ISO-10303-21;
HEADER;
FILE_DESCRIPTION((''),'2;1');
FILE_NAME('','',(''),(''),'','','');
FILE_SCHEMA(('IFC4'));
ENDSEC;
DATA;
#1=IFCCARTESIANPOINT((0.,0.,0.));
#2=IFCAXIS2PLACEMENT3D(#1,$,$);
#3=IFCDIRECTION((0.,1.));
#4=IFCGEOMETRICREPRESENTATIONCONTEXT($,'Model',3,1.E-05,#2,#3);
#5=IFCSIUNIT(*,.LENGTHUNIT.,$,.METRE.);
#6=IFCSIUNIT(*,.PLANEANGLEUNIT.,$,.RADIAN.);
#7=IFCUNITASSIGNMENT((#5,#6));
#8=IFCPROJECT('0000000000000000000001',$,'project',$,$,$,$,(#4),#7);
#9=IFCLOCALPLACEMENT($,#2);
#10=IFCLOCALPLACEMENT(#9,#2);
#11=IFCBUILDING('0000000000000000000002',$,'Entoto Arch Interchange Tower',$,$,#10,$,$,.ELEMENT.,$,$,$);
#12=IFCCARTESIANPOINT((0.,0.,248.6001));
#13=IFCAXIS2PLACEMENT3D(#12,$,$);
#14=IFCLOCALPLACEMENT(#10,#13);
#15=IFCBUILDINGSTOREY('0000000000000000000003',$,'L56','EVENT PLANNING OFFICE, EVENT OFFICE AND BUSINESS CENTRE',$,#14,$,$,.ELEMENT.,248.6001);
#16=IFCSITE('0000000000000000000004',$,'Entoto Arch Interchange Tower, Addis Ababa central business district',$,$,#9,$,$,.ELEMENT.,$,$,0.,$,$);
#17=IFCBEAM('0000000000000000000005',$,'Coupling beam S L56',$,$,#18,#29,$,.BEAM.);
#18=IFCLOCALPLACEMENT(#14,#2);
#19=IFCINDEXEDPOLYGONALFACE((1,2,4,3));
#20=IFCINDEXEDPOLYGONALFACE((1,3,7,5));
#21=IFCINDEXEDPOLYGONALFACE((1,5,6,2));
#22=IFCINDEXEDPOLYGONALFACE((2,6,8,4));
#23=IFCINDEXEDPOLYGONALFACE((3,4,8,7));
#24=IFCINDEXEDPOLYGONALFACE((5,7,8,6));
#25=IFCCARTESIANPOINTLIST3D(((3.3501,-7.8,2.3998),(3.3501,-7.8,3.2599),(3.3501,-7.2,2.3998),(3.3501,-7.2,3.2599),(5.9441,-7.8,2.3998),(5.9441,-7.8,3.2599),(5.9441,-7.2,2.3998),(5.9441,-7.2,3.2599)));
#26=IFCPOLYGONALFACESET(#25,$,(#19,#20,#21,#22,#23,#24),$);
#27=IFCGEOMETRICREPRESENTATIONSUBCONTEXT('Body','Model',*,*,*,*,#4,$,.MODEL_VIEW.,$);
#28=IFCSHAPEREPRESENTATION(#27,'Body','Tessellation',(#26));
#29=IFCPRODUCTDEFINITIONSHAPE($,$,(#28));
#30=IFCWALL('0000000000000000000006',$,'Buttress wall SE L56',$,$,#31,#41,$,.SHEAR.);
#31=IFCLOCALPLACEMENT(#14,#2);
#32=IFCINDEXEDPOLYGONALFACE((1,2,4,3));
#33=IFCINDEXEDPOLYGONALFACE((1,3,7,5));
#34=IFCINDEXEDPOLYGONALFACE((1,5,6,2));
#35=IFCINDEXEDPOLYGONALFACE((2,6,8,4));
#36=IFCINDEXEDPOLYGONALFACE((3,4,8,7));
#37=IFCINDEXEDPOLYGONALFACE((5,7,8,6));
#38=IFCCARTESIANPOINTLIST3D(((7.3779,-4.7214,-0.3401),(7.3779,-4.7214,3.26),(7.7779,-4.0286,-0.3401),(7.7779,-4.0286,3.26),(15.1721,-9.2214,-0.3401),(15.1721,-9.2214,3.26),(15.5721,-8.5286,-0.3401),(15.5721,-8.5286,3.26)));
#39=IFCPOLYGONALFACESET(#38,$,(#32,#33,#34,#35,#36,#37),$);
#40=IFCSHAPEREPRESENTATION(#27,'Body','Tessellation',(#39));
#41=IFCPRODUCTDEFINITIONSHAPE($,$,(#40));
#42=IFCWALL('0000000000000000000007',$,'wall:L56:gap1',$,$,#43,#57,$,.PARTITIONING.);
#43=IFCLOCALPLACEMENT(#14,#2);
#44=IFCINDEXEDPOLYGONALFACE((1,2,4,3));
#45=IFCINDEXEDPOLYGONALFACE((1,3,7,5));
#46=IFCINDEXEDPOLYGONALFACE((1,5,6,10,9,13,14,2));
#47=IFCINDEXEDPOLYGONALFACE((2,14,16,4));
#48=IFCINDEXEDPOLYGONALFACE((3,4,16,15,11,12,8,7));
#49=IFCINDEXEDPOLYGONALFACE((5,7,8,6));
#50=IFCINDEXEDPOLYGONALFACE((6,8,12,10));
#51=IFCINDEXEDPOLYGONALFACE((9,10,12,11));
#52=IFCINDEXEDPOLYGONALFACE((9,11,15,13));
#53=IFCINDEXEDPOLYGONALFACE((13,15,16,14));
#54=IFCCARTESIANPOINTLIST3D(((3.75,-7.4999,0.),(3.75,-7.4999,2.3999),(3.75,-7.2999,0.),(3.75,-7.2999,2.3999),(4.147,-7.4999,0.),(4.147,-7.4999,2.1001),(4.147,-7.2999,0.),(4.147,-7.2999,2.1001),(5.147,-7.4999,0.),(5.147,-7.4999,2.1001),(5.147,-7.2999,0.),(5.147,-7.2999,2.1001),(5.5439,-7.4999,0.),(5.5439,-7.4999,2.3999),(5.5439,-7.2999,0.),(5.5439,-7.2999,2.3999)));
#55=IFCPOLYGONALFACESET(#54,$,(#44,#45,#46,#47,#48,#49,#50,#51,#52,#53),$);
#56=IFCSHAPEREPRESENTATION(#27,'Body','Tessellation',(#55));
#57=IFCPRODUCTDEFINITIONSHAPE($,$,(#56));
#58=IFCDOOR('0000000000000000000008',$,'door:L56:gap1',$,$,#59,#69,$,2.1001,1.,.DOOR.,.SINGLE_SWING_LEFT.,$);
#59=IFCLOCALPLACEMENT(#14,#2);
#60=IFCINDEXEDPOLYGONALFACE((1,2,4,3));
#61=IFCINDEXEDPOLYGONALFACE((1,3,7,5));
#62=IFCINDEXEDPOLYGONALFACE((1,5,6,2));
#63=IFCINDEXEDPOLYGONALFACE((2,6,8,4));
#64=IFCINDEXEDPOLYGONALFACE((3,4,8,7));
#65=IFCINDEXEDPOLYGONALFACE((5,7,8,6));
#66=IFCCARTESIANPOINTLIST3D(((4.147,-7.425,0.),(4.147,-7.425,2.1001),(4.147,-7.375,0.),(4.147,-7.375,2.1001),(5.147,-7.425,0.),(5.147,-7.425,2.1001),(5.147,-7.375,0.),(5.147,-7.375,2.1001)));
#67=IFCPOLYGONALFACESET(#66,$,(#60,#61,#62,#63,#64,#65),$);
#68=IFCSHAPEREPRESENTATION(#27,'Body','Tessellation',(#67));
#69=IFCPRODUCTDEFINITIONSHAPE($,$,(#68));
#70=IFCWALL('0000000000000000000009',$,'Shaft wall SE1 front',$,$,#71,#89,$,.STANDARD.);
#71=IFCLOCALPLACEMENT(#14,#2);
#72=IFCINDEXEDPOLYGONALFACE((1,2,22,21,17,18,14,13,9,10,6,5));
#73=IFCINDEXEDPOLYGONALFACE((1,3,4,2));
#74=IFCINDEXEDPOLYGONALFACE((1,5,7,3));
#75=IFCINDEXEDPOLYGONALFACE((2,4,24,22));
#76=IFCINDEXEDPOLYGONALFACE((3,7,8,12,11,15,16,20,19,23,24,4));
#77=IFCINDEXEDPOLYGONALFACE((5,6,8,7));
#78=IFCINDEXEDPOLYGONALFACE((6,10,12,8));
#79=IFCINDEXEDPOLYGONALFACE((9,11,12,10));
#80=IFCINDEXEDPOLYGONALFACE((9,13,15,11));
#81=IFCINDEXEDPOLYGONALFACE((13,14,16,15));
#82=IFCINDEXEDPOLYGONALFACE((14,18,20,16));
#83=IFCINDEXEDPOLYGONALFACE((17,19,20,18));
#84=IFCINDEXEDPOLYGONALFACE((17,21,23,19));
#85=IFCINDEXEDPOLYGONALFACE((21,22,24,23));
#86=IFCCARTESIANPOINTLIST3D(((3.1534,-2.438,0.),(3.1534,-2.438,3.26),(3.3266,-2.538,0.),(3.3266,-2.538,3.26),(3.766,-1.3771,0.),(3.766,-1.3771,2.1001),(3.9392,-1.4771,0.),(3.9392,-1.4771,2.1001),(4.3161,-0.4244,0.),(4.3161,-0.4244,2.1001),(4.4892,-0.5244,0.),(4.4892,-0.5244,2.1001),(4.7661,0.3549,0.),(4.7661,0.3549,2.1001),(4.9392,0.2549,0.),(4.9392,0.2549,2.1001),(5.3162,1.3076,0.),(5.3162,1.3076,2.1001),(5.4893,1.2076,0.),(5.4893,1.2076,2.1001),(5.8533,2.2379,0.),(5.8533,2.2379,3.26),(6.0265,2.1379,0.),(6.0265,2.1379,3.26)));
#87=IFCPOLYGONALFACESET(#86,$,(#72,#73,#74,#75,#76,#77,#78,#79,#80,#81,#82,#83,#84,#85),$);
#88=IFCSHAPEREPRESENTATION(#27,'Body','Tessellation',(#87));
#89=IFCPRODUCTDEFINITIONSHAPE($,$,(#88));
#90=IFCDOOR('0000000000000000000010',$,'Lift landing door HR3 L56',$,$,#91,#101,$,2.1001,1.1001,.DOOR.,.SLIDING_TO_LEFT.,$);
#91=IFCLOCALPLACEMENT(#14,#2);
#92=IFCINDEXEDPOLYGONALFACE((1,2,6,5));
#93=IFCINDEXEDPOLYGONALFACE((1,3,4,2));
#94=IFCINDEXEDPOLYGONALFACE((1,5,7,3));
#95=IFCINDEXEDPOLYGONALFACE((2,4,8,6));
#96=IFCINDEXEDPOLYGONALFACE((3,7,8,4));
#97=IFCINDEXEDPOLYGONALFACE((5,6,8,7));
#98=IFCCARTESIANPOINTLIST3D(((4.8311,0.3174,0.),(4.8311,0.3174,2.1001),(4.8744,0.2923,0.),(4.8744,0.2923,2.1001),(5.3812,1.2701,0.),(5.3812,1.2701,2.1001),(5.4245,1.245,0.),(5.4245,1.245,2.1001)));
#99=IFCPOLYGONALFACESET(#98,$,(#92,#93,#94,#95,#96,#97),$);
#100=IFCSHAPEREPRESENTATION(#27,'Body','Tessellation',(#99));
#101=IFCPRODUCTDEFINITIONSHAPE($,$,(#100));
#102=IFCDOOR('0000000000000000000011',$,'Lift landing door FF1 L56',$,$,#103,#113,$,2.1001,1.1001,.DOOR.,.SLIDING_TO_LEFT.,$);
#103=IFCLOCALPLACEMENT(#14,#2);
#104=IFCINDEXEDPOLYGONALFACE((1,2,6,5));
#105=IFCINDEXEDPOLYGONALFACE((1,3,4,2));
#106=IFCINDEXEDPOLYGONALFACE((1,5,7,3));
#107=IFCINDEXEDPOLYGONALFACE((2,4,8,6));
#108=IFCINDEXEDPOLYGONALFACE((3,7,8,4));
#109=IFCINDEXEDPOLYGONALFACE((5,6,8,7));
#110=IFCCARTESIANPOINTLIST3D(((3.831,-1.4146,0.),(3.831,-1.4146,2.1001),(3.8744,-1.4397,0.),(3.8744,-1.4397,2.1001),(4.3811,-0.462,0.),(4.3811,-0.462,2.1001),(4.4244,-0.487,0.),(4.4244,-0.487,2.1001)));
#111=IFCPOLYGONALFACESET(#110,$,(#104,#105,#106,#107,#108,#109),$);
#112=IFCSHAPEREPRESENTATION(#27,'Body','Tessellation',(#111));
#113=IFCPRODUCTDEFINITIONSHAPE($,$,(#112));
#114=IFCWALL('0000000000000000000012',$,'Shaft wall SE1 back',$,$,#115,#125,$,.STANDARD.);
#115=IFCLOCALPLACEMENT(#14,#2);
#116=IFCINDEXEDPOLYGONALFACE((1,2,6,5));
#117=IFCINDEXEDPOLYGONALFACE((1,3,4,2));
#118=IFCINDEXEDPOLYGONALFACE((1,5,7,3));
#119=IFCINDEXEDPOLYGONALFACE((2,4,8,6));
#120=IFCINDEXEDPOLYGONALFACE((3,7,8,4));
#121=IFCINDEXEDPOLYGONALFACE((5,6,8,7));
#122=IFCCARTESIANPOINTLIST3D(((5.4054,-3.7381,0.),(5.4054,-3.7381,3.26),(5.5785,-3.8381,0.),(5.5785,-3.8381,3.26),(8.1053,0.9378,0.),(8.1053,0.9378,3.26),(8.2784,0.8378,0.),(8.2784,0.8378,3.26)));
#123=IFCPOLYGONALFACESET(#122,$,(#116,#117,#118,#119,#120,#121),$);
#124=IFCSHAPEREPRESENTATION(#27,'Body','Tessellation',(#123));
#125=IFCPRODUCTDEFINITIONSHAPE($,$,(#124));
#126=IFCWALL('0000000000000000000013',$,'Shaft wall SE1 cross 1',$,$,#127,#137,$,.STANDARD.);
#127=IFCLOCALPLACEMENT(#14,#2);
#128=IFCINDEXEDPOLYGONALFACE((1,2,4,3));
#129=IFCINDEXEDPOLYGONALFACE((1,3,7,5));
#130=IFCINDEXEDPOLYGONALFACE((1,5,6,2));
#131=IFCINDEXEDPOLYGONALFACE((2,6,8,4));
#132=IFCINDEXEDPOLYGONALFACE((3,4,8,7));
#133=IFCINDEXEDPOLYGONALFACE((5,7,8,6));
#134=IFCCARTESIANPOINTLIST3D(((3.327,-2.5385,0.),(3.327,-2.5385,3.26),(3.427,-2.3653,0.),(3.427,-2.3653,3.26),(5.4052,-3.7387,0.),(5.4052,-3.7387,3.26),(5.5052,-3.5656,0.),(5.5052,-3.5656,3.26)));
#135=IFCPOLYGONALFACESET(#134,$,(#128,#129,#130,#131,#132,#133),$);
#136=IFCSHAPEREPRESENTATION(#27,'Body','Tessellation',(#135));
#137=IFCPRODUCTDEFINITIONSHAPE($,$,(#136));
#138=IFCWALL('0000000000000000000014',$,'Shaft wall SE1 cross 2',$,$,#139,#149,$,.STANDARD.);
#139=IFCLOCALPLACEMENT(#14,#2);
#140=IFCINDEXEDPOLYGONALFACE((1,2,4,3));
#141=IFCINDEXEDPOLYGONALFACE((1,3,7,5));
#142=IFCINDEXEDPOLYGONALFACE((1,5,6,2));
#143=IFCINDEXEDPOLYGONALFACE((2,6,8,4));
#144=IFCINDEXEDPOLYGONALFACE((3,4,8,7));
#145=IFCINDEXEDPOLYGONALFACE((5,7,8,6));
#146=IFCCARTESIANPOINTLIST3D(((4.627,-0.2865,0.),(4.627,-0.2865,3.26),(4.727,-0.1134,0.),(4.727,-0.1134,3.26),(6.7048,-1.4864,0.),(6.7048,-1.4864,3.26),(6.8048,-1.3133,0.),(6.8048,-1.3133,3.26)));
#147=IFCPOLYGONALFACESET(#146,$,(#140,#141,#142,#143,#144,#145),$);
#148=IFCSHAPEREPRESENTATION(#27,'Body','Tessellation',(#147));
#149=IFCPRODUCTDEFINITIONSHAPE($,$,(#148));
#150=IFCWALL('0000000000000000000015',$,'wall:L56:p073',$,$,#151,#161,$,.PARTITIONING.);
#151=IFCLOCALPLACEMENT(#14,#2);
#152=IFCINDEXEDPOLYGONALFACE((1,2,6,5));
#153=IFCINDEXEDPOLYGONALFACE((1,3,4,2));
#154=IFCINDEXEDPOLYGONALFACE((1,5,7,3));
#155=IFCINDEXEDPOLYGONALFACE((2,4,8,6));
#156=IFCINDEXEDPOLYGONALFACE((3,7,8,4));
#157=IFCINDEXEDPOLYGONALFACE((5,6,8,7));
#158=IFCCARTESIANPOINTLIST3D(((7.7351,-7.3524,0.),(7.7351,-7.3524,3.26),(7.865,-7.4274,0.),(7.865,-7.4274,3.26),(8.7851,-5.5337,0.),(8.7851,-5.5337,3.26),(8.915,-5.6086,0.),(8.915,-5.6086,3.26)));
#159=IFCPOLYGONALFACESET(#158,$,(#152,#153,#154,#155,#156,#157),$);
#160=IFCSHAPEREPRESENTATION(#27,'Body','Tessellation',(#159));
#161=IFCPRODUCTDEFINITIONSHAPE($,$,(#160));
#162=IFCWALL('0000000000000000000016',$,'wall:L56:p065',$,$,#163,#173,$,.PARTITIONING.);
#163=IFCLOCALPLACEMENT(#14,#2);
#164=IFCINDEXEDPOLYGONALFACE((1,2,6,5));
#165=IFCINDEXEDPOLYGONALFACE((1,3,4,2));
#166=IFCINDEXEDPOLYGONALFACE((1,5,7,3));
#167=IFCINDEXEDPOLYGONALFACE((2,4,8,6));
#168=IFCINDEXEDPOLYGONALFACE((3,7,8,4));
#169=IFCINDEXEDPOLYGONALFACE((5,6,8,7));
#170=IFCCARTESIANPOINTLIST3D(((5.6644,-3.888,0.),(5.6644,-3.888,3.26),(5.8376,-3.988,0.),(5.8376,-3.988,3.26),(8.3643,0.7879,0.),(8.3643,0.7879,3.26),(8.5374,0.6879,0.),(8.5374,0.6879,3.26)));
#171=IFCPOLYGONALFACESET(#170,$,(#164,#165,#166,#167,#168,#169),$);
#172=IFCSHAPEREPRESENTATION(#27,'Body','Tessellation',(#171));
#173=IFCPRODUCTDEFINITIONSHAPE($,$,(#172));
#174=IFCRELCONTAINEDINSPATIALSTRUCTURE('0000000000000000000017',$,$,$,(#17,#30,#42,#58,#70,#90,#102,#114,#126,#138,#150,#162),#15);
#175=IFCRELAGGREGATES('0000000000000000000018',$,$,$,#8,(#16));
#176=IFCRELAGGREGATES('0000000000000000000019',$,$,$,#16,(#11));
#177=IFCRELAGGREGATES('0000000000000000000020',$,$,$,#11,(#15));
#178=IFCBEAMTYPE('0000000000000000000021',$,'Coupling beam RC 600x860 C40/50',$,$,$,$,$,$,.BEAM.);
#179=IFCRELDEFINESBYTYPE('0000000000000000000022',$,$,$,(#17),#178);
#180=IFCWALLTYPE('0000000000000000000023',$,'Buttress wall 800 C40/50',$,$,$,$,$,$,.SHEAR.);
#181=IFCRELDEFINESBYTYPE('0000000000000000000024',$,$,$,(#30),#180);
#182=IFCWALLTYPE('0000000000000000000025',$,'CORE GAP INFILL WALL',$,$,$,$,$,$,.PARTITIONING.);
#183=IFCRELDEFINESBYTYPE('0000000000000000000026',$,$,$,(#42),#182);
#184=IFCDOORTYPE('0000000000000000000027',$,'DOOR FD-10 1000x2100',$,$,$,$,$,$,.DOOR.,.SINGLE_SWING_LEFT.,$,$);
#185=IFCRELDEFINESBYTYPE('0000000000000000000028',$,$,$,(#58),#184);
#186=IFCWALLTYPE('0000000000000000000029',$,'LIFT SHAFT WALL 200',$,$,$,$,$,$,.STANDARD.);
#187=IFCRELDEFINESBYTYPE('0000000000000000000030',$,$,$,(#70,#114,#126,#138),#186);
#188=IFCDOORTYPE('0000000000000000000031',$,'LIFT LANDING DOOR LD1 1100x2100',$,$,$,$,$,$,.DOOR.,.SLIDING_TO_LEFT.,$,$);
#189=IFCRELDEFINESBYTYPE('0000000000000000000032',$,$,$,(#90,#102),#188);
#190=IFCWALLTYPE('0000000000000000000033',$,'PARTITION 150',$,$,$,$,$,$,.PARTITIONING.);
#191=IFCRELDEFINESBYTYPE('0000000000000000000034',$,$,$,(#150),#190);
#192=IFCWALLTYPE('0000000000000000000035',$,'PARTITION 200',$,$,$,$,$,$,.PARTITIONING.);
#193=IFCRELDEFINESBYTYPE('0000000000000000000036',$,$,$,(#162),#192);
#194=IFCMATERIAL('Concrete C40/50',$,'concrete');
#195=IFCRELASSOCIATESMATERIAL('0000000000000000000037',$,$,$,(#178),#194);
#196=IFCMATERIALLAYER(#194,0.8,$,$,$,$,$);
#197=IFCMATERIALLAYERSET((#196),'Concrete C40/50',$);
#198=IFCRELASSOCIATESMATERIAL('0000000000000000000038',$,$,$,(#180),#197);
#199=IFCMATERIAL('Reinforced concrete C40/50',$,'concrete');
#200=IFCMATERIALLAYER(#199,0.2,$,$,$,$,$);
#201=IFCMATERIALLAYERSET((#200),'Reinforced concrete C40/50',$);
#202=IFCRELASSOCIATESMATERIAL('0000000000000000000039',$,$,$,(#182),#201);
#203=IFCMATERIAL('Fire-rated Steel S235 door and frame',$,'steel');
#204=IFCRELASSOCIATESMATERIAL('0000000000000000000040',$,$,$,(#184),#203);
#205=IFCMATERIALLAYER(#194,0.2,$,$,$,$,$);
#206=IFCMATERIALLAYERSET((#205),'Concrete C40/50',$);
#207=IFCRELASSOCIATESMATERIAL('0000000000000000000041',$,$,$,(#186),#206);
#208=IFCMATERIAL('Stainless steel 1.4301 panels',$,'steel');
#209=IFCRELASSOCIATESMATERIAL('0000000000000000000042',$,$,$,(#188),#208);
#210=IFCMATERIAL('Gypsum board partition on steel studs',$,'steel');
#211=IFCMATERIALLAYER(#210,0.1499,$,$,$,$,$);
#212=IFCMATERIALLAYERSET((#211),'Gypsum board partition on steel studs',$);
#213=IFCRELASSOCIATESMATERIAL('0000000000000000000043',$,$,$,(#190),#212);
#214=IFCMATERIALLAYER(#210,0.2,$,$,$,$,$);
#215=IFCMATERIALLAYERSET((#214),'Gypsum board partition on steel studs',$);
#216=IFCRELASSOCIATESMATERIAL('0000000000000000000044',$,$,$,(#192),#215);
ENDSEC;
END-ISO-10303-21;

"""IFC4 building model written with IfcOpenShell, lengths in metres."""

from ifc_helpers import new_model, si_unit, direction, frame, frame_2d, origin, origin_2d, place, context, subcontext, project, spatial, rectangle, extrude, material, layer, layer_set, material_profile, profile_set, type_object, element, fill, save


model = new_model("IFC4")

# Units and contexts
model_context = context("Model", 3, precision=1e-05, world=origin(), true_north=direction((0.0, 1.0)))
body_context = subcontext(model_context, "Body", "Model", "MODEL_VIEW")
ifc_project = project(units=[si_unit("LENGTHUNIT", "METRE"), si_unit("PLANEANGLEUNIT", "RADIAN")], contexts=[model_context])

# Site, building, storey
site_placement = place(None, origin())
site = spatial("IfcSite", under=ifc_project, at=site_placement, Name="Entoto Arch Interchange Tower, Addis Ababa central business district", CompositionType="ELEMENT", RefElevation=0.0)
building_placement = place(site_placement, origin())
building = spatial("IfcBuilding", under=site, at=building_placement, Name="Entoto Arch Interchange Tower", CompositionType="ELEMENT")
storey_placement = place(building_placement, frame((0.0, 0.0, 248.6001)))
storey = spatial("IfcBuildingStorey", under=building, at=storey_placement, Name="L56", Description="EVENT PLANNING OFFICE, EVENT OFFICE AND BUSINESS CENTRE", CompositionType="ELEMENT", Elevation=248.6001)

# Beam
ifc_material_1 = material(Name="Concrete C40/50", Category="concrete")
ifc_material_profile = material_profile(ifc_material_1, rectangle(XDim=0.6001, YDim=0.8601, at=origin_2d()))
ifc_profile_set = profile_set([ifc_material_profile], Name="Concrete C40/50")
beam_type = type_object("IfcBeamType", Name="Coupling beam RC 600x860 C40/50", PredefinedType="BEAM", material=ifc_profile_set)
beam_placement = place(storey_placement, frame((3.3501, -7.5, 2.8298), z_axis=(1.0, 0.0, 0.0), x_axis=(0.0, 1.0, 0.0)))
element("IfcBeam", 1, at=beam_placement, inside=storey, type_object=beam_type, Name="Coupling beam S L56", PredefinedType="BEAM", context=body_context, shape_type="SweptSolid", body=[
    extrude(rectangle(XDim=0.6001, YDim=0.8601, at=origin_2d()), origin(), (0.0, 0.0, 1.0), 2.594),
])

# Wall
ifc_layer_1 = layer(ifc_material_1, 0.8)
ifc_layer_set_1 = layer_set([ifc_layer_1], Name="Concrete C40/50")
wall_type_1 = type_object("IfcWallType", Name="Buttress wall 800 C40/50", PredefinedType="SHEAR", material=ifc_layer_set_1)
wall_1_placement = place(storey_placement, frame((7.5779, -4.375, -0.3401), z_axis=(0.0, 0.0, 1.0), x_axis=(0.866024, -0.500002, 0.0)))
element("IfcWall", 2, at=wall_1_placement, inside=storey, type_object=wall_type_1, Name="Buttress wall SE L56", PredefinedType="SHEAR", context=body_context, shape_type="SweptSolid", body=[
    extrude(rectangle(XDim=9.0, YDim=0.8, at=frame_2d((4.5, 0.0))), origin(), (0.0, 0.0, 1.0), 3.6001),
])

# Wall, opening, door
ifc_material_2 = material(Name="Reinforced concrete C40/50", Category="concrete")
ifc_layer_2 = layer(ifc_material_2, 0.2)
ifc_layer_set_2 = layer_set([ifc_layer_2], Name="Reinforced concrete C40/50")
wall_type_2 = type_object("IfcWallType", Name="CORE GAP INFILL WALL", PredefinedType="PARTITIONING", material=ifc_layer_set_2)
wall_2_placement = place(storey_placement, frame((3.75, -7.3999, 0.0), z_axis=(0.0, 0.0, 1.0), x_axis=(1.0, 0.0, 0.0)))
wall_2 = element("IfcWall", 3, at=wall_2_placement, inside=storey, type_object=wall_type_2, Name="wall:L56:gap1", PredefinedType="PARTITIONING", context=body_context, shape_type="SweptSolid", body=[
    extrude(rectangle(XDim=1.7939, YDim=0.2, at=frame_2d((0.897, 0.0))), origin(), (0.0, 0.0, 1.0), 2.3999),
])
opening_1_placement = place(wall_2_placement, frame((0.397, 0.0, 0.0)))
opening_1 = element("IfcOpeningElement", 4, at=opening_1_placement, cuts=wall_2, PredefinedType="OPENING", context=body_context, shape_type="SweptSolid", body=[
    extrude(rectangle(XDim=1.0, YDim=2.1001, at=frame_2d((0.5, 1.05))), frame((0.0, 0.1099, 0.0), z_axis=(0.0, -1.0, 0.0), x_axis=(1.0, 0.0, 0.0)), (0.0, 0.0, 1.0), 0.22),
])
ifc_material_3 = material(Name="Fire-rated Steel S235 door and frame", Category="steel")
door_type_1 = type_object("IfcDoorType", Name="DOOR FD-10 1000x2100", OperationType="SINGLE_SWING_LEFT", PredefinedType="DOOR", material=ifc_material_3)
door_1_placement = place(opening_1_placement, origin())
door_1 = element("IfcDoor", 5, at=door_1_placement, inside=storey, type_object=door_type_1, Name="door:L56:gap1", OperationType="SINGLE_SWING_LEFT", OverallHeight=2.1001, OverallWidth=1.0, PredefinedType="DOOR", context=body_context, shape_type="SweptSolid", body=[
    extrude(rectangle(XDim=1.0, YDim=2.1001, at=frame_2d((0.5, 1.05))), frame((0.0, 0.0249, 0.0), z_axis=(0.0, -1.0, 0.0), x_axis=(1.0, 0.0, 0.0)), (0.0, 0.0, 1.0), 0.05),
])
fill(opening_1, door_1)

# Wall, openings, doors
ifc_layer_3 = layer(ifc_material_1, 0.2)
ifc_layer_set_3 = layer_set([ifc_layer_3], Name="Concrete C40/50")
wall_type_3 = type_object("IfcWallType", Name="LIFT SHAFT WALL 200", PredefinedType="STANDARD", material=ifc_layer_set_3)
wall_3_placement = place(storey_placement, frame((3.24, -2.488, 0.0), z_axis=(0.0, 0.0, 1.0), x_axis=(0.500034, 0.866006, 0.0)))
wall_3 = element("IfcWall", 6, at=wall_3_placement, inside=storey, type_object=wall_type_3, Name="Shaft wall SE1 front", PredefinedType="STANDARD", context=body_context, shape_type="SweptSolid", body=[
    extrude(rectangle(XDim=5.3994, YDim=0.2, at=frame_2d((2.6997, 0.0))), origin(), (0.0, 0.0, 1.0), 3.26),
])
opening_2_placement = place(wall_3_placement, frame((3.2251, 0.0, 0.0)))
opening_2 = element("IfcOpeningElement", 7, at=opening_2_placement, cuts=wall_3, PredefinedType="OPENING", context=body_context, shape_type="SweptSolid", body=[
    extrude(rectangle(XDim=1.1001, YDim=2.1001, at=frame_2d((0.55, 1.05))), frame((0.0, 0.1099, 0.0), z_axis=(0.0, -1.0, 0.0), x_axis=(1.0, 0.0, 0.0)), (0.0, 0.0, 1.0), 0.22),
])
opening_3_placement = place(wall_3_placement, frame((1.2251, 0.0, 0.0)))
opening_3 = element("IfcOpeningElement", 8, at=opening_3_placement, cuts=wall_3, PredefinedType="OPENING", context=body_context, shape_type="SweptSolid", body=[
    extrude(rectangle(XDim=1.1001, YDim=2.1001, at=frame_2d((0.55, 1.05))), frame((0.0, 0.1099, 0.0), z_axis=(0.0, -1.0, 0.0), x_axis=(1.0, 0.0, 0.0)), (0.0, 0.0, 1.0), 0.22),
])
ifc_material_4 = material(Name="Stainless steel 1.4301 panels", Category="steel")
door_type_2 = type_object("IfcDoorType", Name="LIFT LANDING DOOR LD1 1100x2100", OperationType="SLIDING_TO_LEFT", PredefinedType="DOOR", material=ifc_material_4)
door_2_placement = place(opening_2_placement, origin())
door_2 = element("IfcDoor", 9, at=door_2_placement, inside=storey, type_object=door_type_2, Name="Lift landing door HR3 L56", OperationType="SLIDING_TO_LEFT", OverallHeight=2.1001, OverallWidth=1.1001, PredefinedType="DOOR", context=body_context, shape_type="SweptSolid", body=[
    extrude(rectangle(XDim=1.1001, YDim=2.1001, at=frame_2d((0.55, 1.05))), frame((0.0, 0.0249, 0.0), z_axis=(0.0, -1.0, 0.0), x_axis=(1.0, 0.0, 0.0)), (0.0, 0.0, 1.0), 0.05),
])
fill(opening_2, door_2)
door_3_placement = place(opening_3_placement, origin())
door_3 = element("IfcDoor", 10, at=door_3_placement, inside=storey, type_object=door_type_2, Name="Lift landing door FF1 L56", OperationType="SLIDING_TO_LEFT", OverallHeight=2.1001, OverallWidth=1.1001, PredefinedType="DOOR", context=body_context, shape_type="SweptSolid", body=[
    extrude(rectangle(XDim=1.1001, YDim=2.1001, at=frame_2d((0.55, 1.05))), frame((0.0, 0.0249, 0.0), z_axis=(0.0, -1.0, 0.0), x_axis=(1.0, 0.0, 0.0)), (0.0, 0.0, 1.0), 0.05),
])
fill(opening_3, door_3)

# Walls
wall_4_placement = place(storey_placement, frame((5.4919, -3.7881, 0.0), z_axis=(0.0, 0.0, 1.0), x_axis=(0.500034, 0.866006, 0.0)))
element("IfcWall", 11, at=wall_4_placement, inside=storey, type_object=wall_type_3, Name="Shaft wall SE1 back", PredefinedType="STANDARD", context=body_context, shape_type="SweptSolid", body=[
    extrude(rectangle(XDim=5.3994, YDim=0.2, at=frame_2d((2.6997, 0.0))), origin(), (0.0, 0.0, 1.0), 3.26),
])
wall_5_placement = place(storey_placement, frame((3.377, -2.4519, 0.0), z_axis=(0.0, 0.0, 1.0), x_axis=(0.865955, -0.500122, 0.0)))
element("IfcWall", 12, at=wall_5_placement, inside=storey, type_object=wall_type_3, Name="Shaft wall SE1 cross 1", PredefinedType="STANDARD", context=body_context, shape_type="SweptSolid", body=[
    extrude(rectangle(XDim=2.3999, YDim=0.2, at=frame_2d((1.2, 0.0))), origin(), (0.0, 0.0, 1.0), 3.26),
])
wall_6_placement = place(storey_placement, frame((4.677, -0.2, 0.0), z_axis=(0.0, 0.0, 1.0), x_axis=(0.865974, -0.500089, 0.0)))
element("IfcWall", 13, at=wall_6_placement, inside=storey, type_object=wall_type_3, Name="Shaft wall SE1 cross 2", PredefinedType="STANDARD", context=body_context, shape_type="SweptSolid", body=[
    extrude(rectangle(XDim=2.3994, YDim=0.2, at=frame_2d((1.1997, 0.0))), origin(), (0.0, 0.0, 1.0), 3.26),
])
ifc_material_5 = material(Name="Gypsum board partition on steel studs", Category="steel")
ifc_layer_4 = layer(ifc_material_5, 0.1499)
ifc_layer_set_4 = layer_set([ifc_layer_4], Name="Gypsum board partition on steel studs")
wall_type_4 = type_object("IfcWallType", Name="PARTITION 150", PredefinedType="PARTITIONING", material=ifc_layer_set_4)
wall_7_placement = place(storey_placement, frame((7.8, -7.3899, 0.0), z_axis=(0.0, 0.0, 1.0), x_axis=(0.499977, 0.866038, 0.0)))
element("IfcWall", 14, at=wall_7_placement, inside=storey, type_object=wall_type_4, Name="wall:L56:p073", PredefinedType="PARTITIONING", context=body_context, shape_type="SweptSolid", body=[
    extrude(rectangle(XDim=2.1001, YDim=0.1499, at=frame_2d((1.05, 0.0))), origin(), (0.0, 0.0, 1.0), 3.26),
])
ifc_layer_5 = layer(ifc_material_5, 0.2)
ifc_layer_set_5 = layer_set([ifc_layer_5], Name="Gypsum board partition on steel studs")
wall_type_5 = type_object("IfcWallType", Name="PARTITION 200", PredefinedType="PARTITIONING", material=ifc_layer_set_5)
wall_8_placement = place(storey_placement, frame((5.751, -3.938, 0.0), z_axis=(0.0, 0.0, 1.0), x_axis=(0.500034, 0.866006, 0.0)))
element("IfcWall", 15, at=wall_8_placement, inside=storey, type_object=wall_type_5, Name="wall:L56:p065", PredefinedType="PARTITIONING", context=body_context, shape_type="SweptSolid", body=[
    extrude(rectangle(XDim=5.3994, YDim=0.2, at=frame_2d((2.6997, 0.0))), origin(), (0.0, 0.0, 1.0), 3.26),
])

save(model, "model.ifc")
